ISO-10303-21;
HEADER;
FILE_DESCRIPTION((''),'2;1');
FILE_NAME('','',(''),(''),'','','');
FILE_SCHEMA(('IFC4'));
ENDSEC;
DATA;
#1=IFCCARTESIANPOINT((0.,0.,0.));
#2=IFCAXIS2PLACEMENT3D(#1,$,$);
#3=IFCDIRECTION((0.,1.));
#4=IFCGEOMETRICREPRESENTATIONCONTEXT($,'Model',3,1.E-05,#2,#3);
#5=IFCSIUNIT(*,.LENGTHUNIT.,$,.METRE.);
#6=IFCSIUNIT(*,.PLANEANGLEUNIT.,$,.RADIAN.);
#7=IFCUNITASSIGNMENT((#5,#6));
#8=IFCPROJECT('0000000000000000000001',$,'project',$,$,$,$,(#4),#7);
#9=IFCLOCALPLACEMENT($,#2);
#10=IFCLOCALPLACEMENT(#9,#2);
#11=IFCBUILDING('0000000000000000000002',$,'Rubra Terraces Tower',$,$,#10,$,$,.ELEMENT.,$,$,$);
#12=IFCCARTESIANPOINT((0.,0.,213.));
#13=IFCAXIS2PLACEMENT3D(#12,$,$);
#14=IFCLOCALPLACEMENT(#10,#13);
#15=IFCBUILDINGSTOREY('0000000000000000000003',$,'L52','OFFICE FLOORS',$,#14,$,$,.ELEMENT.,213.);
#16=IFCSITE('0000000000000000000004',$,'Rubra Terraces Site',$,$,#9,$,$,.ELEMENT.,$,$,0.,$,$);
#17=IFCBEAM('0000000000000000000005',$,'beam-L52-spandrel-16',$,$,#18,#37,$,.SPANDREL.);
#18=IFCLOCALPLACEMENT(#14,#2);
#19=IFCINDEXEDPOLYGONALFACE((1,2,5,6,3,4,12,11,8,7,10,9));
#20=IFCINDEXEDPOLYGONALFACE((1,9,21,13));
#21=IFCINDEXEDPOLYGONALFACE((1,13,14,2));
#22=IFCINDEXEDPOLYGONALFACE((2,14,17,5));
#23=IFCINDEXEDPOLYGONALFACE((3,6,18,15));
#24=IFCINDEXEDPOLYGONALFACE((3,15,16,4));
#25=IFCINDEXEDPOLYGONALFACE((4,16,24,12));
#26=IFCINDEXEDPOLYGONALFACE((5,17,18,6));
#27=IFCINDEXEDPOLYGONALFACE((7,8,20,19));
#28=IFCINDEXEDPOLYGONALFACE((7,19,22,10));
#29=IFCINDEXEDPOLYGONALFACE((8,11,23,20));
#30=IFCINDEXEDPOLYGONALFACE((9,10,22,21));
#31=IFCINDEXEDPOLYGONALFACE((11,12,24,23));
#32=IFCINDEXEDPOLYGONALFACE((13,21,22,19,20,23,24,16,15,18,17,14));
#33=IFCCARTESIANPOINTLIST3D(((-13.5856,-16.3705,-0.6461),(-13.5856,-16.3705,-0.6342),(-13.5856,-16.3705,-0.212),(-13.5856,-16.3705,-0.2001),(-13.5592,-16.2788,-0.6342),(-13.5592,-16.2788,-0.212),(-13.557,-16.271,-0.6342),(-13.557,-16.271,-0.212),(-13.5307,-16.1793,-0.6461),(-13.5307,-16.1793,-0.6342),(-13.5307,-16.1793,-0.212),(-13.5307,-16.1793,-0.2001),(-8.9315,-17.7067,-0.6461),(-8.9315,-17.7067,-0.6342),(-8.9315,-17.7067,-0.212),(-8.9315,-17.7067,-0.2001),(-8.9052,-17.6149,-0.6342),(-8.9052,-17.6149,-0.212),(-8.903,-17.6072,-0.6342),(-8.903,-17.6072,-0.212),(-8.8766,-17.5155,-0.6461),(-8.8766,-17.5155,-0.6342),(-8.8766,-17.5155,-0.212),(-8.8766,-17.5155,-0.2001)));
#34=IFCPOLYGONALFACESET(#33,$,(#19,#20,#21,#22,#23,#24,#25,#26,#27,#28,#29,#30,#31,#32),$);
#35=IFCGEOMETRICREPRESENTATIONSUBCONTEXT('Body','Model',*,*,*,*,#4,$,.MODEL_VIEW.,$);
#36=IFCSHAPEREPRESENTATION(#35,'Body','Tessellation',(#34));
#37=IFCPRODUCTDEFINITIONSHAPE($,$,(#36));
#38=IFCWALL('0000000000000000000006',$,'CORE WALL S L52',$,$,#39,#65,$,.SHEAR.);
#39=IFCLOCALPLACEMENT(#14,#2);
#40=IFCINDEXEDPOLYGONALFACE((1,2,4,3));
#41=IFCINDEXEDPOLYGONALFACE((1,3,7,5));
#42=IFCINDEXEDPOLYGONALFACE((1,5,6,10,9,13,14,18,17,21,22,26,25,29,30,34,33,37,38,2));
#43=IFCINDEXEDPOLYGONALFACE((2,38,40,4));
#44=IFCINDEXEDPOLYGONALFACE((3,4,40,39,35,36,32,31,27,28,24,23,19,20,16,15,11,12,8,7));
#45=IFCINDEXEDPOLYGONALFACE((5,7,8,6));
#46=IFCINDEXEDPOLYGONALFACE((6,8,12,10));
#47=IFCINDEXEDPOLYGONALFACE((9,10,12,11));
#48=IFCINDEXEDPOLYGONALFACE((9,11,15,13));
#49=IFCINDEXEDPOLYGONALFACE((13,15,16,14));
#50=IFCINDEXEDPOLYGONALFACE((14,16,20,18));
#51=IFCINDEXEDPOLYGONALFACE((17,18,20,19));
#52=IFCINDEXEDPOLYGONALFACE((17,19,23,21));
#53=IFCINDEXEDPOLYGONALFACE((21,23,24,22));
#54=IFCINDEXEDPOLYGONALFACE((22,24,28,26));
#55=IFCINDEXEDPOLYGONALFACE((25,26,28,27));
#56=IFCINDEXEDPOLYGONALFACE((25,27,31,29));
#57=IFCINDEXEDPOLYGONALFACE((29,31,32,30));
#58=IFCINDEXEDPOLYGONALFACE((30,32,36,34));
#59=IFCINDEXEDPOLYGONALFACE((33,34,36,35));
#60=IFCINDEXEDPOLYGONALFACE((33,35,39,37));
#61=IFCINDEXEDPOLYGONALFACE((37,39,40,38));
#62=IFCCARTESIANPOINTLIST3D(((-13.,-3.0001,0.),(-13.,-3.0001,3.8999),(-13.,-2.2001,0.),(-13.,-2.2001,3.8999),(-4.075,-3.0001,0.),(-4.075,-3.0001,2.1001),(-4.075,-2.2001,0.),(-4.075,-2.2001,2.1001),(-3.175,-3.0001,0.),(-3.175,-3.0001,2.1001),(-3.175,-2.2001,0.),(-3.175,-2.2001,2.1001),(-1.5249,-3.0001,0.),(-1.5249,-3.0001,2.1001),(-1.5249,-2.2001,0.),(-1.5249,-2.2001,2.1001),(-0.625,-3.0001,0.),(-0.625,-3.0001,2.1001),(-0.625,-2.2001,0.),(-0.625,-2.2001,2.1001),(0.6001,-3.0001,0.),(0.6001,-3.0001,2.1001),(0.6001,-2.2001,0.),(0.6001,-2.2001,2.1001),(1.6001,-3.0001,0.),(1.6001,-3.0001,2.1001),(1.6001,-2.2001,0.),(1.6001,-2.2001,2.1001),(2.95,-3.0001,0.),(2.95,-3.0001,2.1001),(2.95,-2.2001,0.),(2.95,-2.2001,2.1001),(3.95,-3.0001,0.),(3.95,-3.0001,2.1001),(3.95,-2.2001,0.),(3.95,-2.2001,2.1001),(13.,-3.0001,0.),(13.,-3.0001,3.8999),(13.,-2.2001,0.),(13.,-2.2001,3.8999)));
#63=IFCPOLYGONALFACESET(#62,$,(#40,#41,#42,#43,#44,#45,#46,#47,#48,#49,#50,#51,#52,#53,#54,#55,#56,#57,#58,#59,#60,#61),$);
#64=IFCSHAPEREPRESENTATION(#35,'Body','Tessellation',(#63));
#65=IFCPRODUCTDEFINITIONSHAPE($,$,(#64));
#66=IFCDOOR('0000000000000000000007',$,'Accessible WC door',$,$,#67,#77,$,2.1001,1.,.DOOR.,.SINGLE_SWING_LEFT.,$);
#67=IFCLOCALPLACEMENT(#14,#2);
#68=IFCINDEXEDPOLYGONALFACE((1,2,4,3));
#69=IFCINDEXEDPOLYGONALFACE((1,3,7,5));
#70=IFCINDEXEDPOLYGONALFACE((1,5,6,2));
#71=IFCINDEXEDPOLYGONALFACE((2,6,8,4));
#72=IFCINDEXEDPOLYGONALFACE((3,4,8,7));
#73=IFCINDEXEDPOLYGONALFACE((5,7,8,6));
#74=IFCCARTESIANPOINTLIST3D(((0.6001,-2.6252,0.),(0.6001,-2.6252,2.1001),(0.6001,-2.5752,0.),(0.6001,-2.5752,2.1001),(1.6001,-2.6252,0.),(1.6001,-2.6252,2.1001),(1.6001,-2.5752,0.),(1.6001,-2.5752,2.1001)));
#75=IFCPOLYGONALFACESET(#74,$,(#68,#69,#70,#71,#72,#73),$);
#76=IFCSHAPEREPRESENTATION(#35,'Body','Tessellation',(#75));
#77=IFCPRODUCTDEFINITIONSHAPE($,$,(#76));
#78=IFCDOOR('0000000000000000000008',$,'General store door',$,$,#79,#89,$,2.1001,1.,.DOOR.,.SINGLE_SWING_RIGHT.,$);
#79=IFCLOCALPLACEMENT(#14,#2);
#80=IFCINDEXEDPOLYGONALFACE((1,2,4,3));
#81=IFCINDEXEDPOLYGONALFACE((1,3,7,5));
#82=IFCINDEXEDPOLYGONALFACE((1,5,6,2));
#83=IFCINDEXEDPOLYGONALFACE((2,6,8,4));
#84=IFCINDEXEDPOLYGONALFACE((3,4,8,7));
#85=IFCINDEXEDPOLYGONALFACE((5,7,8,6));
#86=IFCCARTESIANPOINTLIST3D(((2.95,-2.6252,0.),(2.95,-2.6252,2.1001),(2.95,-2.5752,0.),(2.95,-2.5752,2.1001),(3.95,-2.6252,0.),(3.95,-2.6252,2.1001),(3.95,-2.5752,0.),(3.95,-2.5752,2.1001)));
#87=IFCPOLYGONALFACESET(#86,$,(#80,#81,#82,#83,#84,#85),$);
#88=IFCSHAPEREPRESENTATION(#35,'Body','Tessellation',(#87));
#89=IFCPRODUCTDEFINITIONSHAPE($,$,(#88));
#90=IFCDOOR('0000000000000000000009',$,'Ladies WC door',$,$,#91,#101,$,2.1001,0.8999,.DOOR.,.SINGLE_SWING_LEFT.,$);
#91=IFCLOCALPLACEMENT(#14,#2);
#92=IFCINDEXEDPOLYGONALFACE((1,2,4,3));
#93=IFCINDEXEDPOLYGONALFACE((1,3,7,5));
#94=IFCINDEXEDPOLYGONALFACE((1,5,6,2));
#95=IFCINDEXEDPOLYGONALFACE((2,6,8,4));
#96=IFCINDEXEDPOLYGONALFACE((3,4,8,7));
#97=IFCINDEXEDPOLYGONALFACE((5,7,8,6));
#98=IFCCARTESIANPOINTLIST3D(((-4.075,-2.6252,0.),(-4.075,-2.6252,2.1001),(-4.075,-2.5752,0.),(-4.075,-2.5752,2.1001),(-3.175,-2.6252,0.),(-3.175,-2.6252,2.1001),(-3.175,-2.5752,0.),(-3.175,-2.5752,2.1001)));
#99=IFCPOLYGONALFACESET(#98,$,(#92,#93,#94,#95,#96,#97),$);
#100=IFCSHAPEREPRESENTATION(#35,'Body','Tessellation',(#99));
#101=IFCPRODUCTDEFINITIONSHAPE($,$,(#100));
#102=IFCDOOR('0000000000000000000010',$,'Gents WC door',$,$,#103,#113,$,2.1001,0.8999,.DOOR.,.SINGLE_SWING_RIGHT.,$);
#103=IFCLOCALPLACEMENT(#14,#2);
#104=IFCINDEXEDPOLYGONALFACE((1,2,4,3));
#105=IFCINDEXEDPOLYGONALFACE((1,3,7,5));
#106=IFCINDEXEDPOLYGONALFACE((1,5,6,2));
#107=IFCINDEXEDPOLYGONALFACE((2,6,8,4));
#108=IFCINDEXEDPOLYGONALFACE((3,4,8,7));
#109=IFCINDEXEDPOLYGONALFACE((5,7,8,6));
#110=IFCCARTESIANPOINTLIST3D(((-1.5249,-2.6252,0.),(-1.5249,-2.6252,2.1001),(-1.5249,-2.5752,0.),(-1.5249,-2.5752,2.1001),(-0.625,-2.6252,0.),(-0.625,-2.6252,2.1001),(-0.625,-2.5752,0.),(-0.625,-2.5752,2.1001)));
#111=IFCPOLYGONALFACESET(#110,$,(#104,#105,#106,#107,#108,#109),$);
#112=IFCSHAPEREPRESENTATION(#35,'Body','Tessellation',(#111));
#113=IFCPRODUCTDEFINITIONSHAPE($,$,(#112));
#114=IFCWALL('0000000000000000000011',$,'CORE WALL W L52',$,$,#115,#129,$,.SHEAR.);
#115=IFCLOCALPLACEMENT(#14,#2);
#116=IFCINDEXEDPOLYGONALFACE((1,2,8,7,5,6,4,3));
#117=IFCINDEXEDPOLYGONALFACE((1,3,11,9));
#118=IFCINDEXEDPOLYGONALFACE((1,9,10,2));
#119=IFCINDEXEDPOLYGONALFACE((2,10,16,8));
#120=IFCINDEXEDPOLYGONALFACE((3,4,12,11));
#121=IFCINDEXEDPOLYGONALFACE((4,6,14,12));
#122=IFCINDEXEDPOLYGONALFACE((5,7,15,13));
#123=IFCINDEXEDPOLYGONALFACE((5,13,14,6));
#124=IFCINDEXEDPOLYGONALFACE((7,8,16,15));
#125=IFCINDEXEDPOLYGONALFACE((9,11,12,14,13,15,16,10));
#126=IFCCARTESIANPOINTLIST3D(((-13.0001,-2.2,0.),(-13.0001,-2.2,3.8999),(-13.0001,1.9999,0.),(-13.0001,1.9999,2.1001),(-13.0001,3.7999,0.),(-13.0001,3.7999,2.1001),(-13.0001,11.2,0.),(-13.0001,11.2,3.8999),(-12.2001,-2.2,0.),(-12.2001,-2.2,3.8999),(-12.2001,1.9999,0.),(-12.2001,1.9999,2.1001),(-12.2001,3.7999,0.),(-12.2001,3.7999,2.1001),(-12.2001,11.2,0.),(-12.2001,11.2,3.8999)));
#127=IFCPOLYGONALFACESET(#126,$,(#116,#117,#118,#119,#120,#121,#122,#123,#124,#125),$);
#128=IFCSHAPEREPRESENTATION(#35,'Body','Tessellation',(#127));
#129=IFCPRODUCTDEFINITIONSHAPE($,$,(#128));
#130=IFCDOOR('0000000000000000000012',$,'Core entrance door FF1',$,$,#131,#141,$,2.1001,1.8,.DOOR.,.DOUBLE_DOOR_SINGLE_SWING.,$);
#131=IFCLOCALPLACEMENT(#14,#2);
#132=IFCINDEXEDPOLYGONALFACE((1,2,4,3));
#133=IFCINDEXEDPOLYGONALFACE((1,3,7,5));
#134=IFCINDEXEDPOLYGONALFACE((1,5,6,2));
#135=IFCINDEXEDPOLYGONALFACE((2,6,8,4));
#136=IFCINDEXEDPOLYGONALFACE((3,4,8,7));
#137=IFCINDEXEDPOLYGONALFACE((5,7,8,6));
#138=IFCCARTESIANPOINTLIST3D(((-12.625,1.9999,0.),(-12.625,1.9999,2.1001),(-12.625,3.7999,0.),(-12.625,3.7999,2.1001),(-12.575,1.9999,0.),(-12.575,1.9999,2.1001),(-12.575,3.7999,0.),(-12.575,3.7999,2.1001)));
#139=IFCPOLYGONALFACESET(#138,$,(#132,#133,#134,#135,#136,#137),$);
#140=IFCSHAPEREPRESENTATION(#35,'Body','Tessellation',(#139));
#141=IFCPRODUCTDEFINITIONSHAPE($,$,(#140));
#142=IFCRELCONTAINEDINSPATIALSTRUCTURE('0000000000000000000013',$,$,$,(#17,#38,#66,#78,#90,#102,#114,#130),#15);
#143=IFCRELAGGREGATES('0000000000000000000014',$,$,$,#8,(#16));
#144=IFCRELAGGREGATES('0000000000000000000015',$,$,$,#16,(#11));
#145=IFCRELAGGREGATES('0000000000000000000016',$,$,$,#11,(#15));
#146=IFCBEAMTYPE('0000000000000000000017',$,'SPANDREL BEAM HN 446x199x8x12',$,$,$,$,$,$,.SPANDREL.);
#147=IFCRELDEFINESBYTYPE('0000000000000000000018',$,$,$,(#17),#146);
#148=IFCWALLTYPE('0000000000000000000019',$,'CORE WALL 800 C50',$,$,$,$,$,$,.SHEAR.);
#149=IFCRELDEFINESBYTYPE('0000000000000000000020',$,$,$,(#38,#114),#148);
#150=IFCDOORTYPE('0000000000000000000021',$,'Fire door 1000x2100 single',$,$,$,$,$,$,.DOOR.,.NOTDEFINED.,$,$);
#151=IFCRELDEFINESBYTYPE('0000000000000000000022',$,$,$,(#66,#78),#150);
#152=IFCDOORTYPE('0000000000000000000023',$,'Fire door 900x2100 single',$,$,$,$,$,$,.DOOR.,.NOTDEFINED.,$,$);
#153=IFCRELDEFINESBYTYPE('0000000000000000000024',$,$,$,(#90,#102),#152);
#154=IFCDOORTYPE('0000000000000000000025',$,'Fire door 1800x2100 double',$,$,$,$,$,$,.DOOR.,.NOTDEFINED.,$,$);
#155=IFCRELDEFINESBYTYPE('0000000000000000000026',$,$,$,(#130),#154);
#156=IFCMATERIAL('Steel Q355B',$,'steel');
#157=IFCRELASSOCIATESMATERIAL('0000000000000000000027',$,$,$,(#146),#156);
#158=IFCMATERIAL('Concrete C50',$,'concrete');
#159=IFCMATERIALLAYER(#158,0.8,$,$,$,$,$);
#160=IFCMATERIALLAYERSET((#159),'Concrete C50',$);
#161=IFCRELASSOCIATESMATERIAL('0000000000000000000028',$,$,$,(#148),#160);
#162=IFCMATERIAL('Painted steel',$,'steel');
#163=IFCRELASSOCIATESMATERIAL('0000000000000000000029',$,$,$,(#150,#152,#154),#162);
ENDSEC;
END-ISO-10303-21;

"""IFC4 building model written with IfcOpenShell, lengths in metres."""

from ifc_helpers import new_model, si_unit, direction, frame, frame_2d, origin, origin_2d, place, context, subcontext, project, spatial, rectangle, i_section, extrude, material, layer, layer_set, material_profile, profile_set, type_object, element, fill, save


model = new_model("IFC4")

# Units and contexts
model_context = context("Model", 3, precision=1e-05, world=origin(), true_north=direction((0.0, 1.0)))
body_context = subcontext(model_context, "Body", "Model", "MODEL_VIEW")
ifc_project = project(units=[si_unit("LENGTHUNIT", "METRE"), si_unit("PLANEANGLEUNIT", "RADIAN")], contexts=[model_context])

# Site, building, storey
site_placement = place(None, origin())
site = spatial("IfcSite", under=ifc_project, at=site_placement, Name="Rubra Terraces Site", CompositionType="ELEMENT", RefElevation=0.0)
building_placement = place(site_placement, origin())
building = spatial("IfcBuilding", under=site, at=building_placement, Name="Rubra Terraces Tower", CompositionType="ELEMENT")
storey_placement = place(building_placement, frame((0.0, 0.0, 213.0)))
storey = spatial("IfcBuildingStorey", under=building, at=storey_placement, Name="L52", Description="OFFICE FLOORS", CompositionType="ELEMENT", Elevation=213.0)

# Beam
ifc_material_1 = material(Name="Steel Q355B", Category="steel")
ifc_material_profile = material_profile(ifc_material_1, i_section(OverallWidth=0.199, OverallDepth=0.446, WebThickness=0.0081, FlangeThickness=0.012, at=origin_2d()), Name="HN 446x199x8x12")
ifc_profile_set = profile_set([ifc_material_profile], Name="Steel Q355B")
beam_type = type_object("IfcBeamType", Name="SPANDREL BEAM HN 446x199x8x12", PredefinedType="SPANDREL", material=ifc_profile_set)
beam_placement = place(storey_placement, frame((-13.5581, -16.2749, -0.4231), z_axis=(0.961171, -0.275953, 0.0), x_axis=(0.275953, 0.961171, 0.0)))
element("IfcBeam", 1, at=beam_placement, inside=storey, type_object=beam_type, Name="beam-L52-spandrel-16", PredefinedType="SPANDREL", context=body_context, shape_type="SweptSolid", body=[
    extrude(i_section(OverallWidth=0.199, OverallDepth=0.446, WebThickness=0.0081, FlangeThickness=0.012, at=origin_2d()), origin(), (0.0, 0.0, 1.0), 4.842),
])

# Wall, openings, doors
ifc_material_2 = material(Name="Concrete C50", Category="concrete")
ifc_layer_1 = layer(ifc_material_2, 0.8)
ifc_layer_set_1 = layer_set([ifc_layer_1], Name="Concrete C50")
wall_type_1 = type_object("IfcWallType", Name="CORE WALL 800 C50", PredefinedType="SHEAR", material=ifc_layer_set_1)
wall_1_placement = place(storey_placement, frame((-13.0, -2.6001, 0.0), z_axis=(0.0, 0.0, 1.0), x_axis=(1.0, 0.0, 0.0)))
wall_1 = element("IfcWall", 2, at=wall_1_placement, inside=storey, type_object=wall_type_1, Name="CORE WALL S L52", PredefinedType="SHEAR", context=body_context, shape_type="SweptSolid", body=[
    extrude(rectangle(XDim=26.0, YDim=0.8, at=frame_2d((13.0, 0.0))), origin(), (0.0, 0.0, 1.0), 3.8999),
])
opening_1_placement = place(wall_1_placement, frame((8.925, 0.0, 0.0)))
opening_1 = element("IfcOpeningElement", 3, at=opening_1_placement, cuts=wall_1, PredefinedType="OPENING", context=body_context, shape_type="SweptSolid", body=[
    extrude(rectangle(XDim=0.8999, YDim=2.1001, at=frame_2d((0.45, 1.05))), frame((0.0, 0.4099, 0.0), z_axis=(0.0, -1.0, 0.0), x_axis=(1.0, 0.0, 0.0)), (0.0, 0.0, 1.0), 0.8201),
])
opening_2_placement = place(wall_1_placement, frame((11.4751, 0.0, 0.0)))
opening_2 = element("IfcOpeningElement", 4, at=opening_2_placement, cuts=wall_1, PredefinedType="OPENING", context=body_context, shape_type="SweptSolid", body=[
    extrude(rectangle(XDim=0.8999, YDim=2.1001, at=frame_2d((0.45, 1.05))), frame((0.0, 0.4099, 0.0), z_axis=(0.0, -1.0, 0.0), x_axis=(1.0, 0.0, 0.0)), (0.0, 0.0, 1.0), 0.8201),
])
opening_3_placement = place(wall_1_placement, frame((13.6001, 0.0, 0.0)))
opening_3 = element("IfcOpeningElement", 5, at=opening_3_placement, cuts=wall_1, PredefinedType="OPENING", context=body_context, shape_type="SweptSolid", body=[
    extrude(rectangle(XDim=1.0, YDim=2.1001, at=frame_2d((0.5, 1.05))), frame((0.0, 0.4099, 0.0), z_axis=(0.0, -1.0, 0.0), x_axis=(1.0, 0.0, 0.0)), (0.0, 0.0, 1.0), 0.8201),
])
opening_4_placement = place(wall_1_placement, frame((15.95, 0.0, 0.0)))
opening_4 = element("IfcOpeningElement", 6, at=opening_4_placement, cuts=wall_1, PredefinedType="OPENING", context=body_context, shape_type="SweptSolid", body=[
    extrude(rectangle(XDim=1.0, YDim=2.1001, at=frame_2d((0.5, 1.05))), frame((0.0, 0.4099, 0.0), z_axis=(0.0, -1.0, 0.0), x_axis=(1.0, 0.0, 0.0)), (0.0, 0.0, 1.0), 0.8201),
])
ifc_material_3 = material(Name="Painted steel", Category="steel")
door_type_1 = type_object("IfcDoorType", Name="Fire door 1000x2100 single", OperationType="NOTDEFINED", PredefinedType="DOOR", material=ifc_material_3)
door_1_placement = place(opening_3_placement, origin())
door_1 = element("IfcDoor", 7, at=door_1_placement, inside=storey, type_object=door_type_1, Name="Accessible WC door", OperationType="SINGLE_SWING_LEFT", OverallHeight=2.1001, OverallWidth=1.0, PredefinedType="DOOR", context=body_context, shape_type="SweptSolid", body=[
    extrude(rectangle(XDim=1.0, YDim=2.1001, at=frame_2d((0.5, 1.05))), frame((0.0, 0.0249, 0.0), z_axis=(0.0, -1.0, 0.0), x_axis=(1.0, 0.0, 0.0)), (0.0, 0.0, 1.0), 0.05),
])
fill(opening_3, door_1)
door_2_placement = place(opening_4_placement, origin())
door_2 = element("IfcDoor", 8, at=door_2_placement, inside=storey, type_object=door_type_1, Name="General store door", OperationType="SINGLE_SWING_RIGHT", OverallHeight=2.1001, OverallWidth=1.0, PredefinedType="DOOR", context=body_context, shape_type="SweptSolid", body=[
    extrude(rectangle(XDim=1.0, YDim=2.1001, at=frame_2d((0.5, 1.05))), frame((0.0, 0.0249, 0.0), z_axis=(0.0, -1.0, 0.0), x_axis=(1.0, 0.0, 0.0)), (0.0, 0.0, 1.0), 0.05),
])
fill(opening_4, door_2)
door_type_2 = type_object("IfcDoorType", Name="Fire door 900x2100 single", OperationType="NOTDEFINED", PredefinedType="DOOR", material=ifc_material_3)
door_3_placement = place(opening_1_placement, origin())
door_3 = element("IfcDoor", 9, at=door_3_placement, inside=storey, type_object=door_type_2, Name="Ladies WC door", OperationType="SINGLE_SWING_LEFT", OverallHeight=2.1001, OverallWidth=0.8999, PredefinedType="DOOR", context=body_context, shape_type="SweptSolid", body=[
    extrude(rectangle(XDim=0.8999, YDim=2.1001, at=frame_2d((0.45, 1.05))), frame((0.0, 0.0249, 0.0), z_axis=(0.0, -1.0, 0.0), x_axis=(1.0, 0.0, 0.0)), (0.0, 0.0, 1.0), 0.05),
])
fill(opening_1, door_3)
door_4_placement = place(opening_2_placement, origin())
door_4 = element("IfcDoor", 10, at=door_4_placement, inside=storey, type_object=door_type_2, Name="Gents WC door", OperationType="SINGLE_SWING_RIGHT", OverallHeight=2.1001, OverallWidth=0.8999, PredefinedType="DOOR", context=body_context, shape_type="SweptSolid", body=[
    extrude(rectangle(XDim=0.8999, YDim=2.1001, at=frame_2d((0.45, 1.05))), frame((0.0, 0.0249, 0.0), z_axis=(0.0, -1.0, 0.0), x_axis=(1.0, 0.0, 0.0)), (0.0, 0.0, 1.0), 0.05),
])
fill(opening_2, door_4)

# Wall, opening, door
wall_2_placement = place(storey_placement, frame((-12.6001, -2.2, 0.0), z_axis=(0.0, 0.0, 1.0), x_axis=(0.0, 1.0, 0.0)))
wall_2 = element("IfcWall", 11, at=wall_2_placement, inside=storey, type_object=wall_type_1, Name="CORE WALL W L52", PredefinedType="SHEAR", context=body_context, shape_type="SweptSolid", body=[
    extrude(rectangle(XDim=13.3999, YDim=0.8, at=frame_2d((6.7, 0.0))), origin(), (0.0, 0.0, 1.0), 3.8999),
])
opening_5_placement = place(wall_2_placement, frame((4.2, 0.0, 0.0)))
opening_5 = element("IfcOpeningElement", 12, at=opening_5_placement, cuts=wall_2, PredefinedType="OPENING", context=body_context, shape_type="SweptSolid", body=[
    extrude(rectangle(XDim=1.8, YDim=2.1001, at=frame_2d((0.8999, 1.05))), frame((0.0, 0.4099, 0.0), z_axis=(0.0, -1.0, 0.0), x_axis=(1.0, 0.0, 0.0)), (0.0, 0.0, 1.0), 0.8201),
])
door_type_3 = type_object("IfcDoorType", Name="Fire door 1800x2100 double", OperationType="NOTDEFINED", PredefinedType="DOOR", material=ifc_material_3)
door_5_placement = place(opening_5_placement, origin())
door_5 = element("IfcDoor", 13, at=door_5_placement, inside=storey, type_object=door_type_3, Name="Core entrance door FF1", OperationType="DOUBLE_DOOR_SINGLE_SWING", OverallHeight=2.1001, OverallWidth=1.8, PredefinedType="DOOR", context=body_context, shape_type="SweptSolid", body=[
    extrude(rectangle(XDim=1.8, YDim=2.1001, at=frame_2d((0.8999, 1.05))), frame((0.0, 0.0249, 0.0), z_axis=(0.0, -1.0, 0.0), x_axis=(1.0, 0.0, 0.0)), (0.0, 0.0, 1.0), 0.05),
])
fill(opening_5, door_5)

save(model, "model.ifc")
